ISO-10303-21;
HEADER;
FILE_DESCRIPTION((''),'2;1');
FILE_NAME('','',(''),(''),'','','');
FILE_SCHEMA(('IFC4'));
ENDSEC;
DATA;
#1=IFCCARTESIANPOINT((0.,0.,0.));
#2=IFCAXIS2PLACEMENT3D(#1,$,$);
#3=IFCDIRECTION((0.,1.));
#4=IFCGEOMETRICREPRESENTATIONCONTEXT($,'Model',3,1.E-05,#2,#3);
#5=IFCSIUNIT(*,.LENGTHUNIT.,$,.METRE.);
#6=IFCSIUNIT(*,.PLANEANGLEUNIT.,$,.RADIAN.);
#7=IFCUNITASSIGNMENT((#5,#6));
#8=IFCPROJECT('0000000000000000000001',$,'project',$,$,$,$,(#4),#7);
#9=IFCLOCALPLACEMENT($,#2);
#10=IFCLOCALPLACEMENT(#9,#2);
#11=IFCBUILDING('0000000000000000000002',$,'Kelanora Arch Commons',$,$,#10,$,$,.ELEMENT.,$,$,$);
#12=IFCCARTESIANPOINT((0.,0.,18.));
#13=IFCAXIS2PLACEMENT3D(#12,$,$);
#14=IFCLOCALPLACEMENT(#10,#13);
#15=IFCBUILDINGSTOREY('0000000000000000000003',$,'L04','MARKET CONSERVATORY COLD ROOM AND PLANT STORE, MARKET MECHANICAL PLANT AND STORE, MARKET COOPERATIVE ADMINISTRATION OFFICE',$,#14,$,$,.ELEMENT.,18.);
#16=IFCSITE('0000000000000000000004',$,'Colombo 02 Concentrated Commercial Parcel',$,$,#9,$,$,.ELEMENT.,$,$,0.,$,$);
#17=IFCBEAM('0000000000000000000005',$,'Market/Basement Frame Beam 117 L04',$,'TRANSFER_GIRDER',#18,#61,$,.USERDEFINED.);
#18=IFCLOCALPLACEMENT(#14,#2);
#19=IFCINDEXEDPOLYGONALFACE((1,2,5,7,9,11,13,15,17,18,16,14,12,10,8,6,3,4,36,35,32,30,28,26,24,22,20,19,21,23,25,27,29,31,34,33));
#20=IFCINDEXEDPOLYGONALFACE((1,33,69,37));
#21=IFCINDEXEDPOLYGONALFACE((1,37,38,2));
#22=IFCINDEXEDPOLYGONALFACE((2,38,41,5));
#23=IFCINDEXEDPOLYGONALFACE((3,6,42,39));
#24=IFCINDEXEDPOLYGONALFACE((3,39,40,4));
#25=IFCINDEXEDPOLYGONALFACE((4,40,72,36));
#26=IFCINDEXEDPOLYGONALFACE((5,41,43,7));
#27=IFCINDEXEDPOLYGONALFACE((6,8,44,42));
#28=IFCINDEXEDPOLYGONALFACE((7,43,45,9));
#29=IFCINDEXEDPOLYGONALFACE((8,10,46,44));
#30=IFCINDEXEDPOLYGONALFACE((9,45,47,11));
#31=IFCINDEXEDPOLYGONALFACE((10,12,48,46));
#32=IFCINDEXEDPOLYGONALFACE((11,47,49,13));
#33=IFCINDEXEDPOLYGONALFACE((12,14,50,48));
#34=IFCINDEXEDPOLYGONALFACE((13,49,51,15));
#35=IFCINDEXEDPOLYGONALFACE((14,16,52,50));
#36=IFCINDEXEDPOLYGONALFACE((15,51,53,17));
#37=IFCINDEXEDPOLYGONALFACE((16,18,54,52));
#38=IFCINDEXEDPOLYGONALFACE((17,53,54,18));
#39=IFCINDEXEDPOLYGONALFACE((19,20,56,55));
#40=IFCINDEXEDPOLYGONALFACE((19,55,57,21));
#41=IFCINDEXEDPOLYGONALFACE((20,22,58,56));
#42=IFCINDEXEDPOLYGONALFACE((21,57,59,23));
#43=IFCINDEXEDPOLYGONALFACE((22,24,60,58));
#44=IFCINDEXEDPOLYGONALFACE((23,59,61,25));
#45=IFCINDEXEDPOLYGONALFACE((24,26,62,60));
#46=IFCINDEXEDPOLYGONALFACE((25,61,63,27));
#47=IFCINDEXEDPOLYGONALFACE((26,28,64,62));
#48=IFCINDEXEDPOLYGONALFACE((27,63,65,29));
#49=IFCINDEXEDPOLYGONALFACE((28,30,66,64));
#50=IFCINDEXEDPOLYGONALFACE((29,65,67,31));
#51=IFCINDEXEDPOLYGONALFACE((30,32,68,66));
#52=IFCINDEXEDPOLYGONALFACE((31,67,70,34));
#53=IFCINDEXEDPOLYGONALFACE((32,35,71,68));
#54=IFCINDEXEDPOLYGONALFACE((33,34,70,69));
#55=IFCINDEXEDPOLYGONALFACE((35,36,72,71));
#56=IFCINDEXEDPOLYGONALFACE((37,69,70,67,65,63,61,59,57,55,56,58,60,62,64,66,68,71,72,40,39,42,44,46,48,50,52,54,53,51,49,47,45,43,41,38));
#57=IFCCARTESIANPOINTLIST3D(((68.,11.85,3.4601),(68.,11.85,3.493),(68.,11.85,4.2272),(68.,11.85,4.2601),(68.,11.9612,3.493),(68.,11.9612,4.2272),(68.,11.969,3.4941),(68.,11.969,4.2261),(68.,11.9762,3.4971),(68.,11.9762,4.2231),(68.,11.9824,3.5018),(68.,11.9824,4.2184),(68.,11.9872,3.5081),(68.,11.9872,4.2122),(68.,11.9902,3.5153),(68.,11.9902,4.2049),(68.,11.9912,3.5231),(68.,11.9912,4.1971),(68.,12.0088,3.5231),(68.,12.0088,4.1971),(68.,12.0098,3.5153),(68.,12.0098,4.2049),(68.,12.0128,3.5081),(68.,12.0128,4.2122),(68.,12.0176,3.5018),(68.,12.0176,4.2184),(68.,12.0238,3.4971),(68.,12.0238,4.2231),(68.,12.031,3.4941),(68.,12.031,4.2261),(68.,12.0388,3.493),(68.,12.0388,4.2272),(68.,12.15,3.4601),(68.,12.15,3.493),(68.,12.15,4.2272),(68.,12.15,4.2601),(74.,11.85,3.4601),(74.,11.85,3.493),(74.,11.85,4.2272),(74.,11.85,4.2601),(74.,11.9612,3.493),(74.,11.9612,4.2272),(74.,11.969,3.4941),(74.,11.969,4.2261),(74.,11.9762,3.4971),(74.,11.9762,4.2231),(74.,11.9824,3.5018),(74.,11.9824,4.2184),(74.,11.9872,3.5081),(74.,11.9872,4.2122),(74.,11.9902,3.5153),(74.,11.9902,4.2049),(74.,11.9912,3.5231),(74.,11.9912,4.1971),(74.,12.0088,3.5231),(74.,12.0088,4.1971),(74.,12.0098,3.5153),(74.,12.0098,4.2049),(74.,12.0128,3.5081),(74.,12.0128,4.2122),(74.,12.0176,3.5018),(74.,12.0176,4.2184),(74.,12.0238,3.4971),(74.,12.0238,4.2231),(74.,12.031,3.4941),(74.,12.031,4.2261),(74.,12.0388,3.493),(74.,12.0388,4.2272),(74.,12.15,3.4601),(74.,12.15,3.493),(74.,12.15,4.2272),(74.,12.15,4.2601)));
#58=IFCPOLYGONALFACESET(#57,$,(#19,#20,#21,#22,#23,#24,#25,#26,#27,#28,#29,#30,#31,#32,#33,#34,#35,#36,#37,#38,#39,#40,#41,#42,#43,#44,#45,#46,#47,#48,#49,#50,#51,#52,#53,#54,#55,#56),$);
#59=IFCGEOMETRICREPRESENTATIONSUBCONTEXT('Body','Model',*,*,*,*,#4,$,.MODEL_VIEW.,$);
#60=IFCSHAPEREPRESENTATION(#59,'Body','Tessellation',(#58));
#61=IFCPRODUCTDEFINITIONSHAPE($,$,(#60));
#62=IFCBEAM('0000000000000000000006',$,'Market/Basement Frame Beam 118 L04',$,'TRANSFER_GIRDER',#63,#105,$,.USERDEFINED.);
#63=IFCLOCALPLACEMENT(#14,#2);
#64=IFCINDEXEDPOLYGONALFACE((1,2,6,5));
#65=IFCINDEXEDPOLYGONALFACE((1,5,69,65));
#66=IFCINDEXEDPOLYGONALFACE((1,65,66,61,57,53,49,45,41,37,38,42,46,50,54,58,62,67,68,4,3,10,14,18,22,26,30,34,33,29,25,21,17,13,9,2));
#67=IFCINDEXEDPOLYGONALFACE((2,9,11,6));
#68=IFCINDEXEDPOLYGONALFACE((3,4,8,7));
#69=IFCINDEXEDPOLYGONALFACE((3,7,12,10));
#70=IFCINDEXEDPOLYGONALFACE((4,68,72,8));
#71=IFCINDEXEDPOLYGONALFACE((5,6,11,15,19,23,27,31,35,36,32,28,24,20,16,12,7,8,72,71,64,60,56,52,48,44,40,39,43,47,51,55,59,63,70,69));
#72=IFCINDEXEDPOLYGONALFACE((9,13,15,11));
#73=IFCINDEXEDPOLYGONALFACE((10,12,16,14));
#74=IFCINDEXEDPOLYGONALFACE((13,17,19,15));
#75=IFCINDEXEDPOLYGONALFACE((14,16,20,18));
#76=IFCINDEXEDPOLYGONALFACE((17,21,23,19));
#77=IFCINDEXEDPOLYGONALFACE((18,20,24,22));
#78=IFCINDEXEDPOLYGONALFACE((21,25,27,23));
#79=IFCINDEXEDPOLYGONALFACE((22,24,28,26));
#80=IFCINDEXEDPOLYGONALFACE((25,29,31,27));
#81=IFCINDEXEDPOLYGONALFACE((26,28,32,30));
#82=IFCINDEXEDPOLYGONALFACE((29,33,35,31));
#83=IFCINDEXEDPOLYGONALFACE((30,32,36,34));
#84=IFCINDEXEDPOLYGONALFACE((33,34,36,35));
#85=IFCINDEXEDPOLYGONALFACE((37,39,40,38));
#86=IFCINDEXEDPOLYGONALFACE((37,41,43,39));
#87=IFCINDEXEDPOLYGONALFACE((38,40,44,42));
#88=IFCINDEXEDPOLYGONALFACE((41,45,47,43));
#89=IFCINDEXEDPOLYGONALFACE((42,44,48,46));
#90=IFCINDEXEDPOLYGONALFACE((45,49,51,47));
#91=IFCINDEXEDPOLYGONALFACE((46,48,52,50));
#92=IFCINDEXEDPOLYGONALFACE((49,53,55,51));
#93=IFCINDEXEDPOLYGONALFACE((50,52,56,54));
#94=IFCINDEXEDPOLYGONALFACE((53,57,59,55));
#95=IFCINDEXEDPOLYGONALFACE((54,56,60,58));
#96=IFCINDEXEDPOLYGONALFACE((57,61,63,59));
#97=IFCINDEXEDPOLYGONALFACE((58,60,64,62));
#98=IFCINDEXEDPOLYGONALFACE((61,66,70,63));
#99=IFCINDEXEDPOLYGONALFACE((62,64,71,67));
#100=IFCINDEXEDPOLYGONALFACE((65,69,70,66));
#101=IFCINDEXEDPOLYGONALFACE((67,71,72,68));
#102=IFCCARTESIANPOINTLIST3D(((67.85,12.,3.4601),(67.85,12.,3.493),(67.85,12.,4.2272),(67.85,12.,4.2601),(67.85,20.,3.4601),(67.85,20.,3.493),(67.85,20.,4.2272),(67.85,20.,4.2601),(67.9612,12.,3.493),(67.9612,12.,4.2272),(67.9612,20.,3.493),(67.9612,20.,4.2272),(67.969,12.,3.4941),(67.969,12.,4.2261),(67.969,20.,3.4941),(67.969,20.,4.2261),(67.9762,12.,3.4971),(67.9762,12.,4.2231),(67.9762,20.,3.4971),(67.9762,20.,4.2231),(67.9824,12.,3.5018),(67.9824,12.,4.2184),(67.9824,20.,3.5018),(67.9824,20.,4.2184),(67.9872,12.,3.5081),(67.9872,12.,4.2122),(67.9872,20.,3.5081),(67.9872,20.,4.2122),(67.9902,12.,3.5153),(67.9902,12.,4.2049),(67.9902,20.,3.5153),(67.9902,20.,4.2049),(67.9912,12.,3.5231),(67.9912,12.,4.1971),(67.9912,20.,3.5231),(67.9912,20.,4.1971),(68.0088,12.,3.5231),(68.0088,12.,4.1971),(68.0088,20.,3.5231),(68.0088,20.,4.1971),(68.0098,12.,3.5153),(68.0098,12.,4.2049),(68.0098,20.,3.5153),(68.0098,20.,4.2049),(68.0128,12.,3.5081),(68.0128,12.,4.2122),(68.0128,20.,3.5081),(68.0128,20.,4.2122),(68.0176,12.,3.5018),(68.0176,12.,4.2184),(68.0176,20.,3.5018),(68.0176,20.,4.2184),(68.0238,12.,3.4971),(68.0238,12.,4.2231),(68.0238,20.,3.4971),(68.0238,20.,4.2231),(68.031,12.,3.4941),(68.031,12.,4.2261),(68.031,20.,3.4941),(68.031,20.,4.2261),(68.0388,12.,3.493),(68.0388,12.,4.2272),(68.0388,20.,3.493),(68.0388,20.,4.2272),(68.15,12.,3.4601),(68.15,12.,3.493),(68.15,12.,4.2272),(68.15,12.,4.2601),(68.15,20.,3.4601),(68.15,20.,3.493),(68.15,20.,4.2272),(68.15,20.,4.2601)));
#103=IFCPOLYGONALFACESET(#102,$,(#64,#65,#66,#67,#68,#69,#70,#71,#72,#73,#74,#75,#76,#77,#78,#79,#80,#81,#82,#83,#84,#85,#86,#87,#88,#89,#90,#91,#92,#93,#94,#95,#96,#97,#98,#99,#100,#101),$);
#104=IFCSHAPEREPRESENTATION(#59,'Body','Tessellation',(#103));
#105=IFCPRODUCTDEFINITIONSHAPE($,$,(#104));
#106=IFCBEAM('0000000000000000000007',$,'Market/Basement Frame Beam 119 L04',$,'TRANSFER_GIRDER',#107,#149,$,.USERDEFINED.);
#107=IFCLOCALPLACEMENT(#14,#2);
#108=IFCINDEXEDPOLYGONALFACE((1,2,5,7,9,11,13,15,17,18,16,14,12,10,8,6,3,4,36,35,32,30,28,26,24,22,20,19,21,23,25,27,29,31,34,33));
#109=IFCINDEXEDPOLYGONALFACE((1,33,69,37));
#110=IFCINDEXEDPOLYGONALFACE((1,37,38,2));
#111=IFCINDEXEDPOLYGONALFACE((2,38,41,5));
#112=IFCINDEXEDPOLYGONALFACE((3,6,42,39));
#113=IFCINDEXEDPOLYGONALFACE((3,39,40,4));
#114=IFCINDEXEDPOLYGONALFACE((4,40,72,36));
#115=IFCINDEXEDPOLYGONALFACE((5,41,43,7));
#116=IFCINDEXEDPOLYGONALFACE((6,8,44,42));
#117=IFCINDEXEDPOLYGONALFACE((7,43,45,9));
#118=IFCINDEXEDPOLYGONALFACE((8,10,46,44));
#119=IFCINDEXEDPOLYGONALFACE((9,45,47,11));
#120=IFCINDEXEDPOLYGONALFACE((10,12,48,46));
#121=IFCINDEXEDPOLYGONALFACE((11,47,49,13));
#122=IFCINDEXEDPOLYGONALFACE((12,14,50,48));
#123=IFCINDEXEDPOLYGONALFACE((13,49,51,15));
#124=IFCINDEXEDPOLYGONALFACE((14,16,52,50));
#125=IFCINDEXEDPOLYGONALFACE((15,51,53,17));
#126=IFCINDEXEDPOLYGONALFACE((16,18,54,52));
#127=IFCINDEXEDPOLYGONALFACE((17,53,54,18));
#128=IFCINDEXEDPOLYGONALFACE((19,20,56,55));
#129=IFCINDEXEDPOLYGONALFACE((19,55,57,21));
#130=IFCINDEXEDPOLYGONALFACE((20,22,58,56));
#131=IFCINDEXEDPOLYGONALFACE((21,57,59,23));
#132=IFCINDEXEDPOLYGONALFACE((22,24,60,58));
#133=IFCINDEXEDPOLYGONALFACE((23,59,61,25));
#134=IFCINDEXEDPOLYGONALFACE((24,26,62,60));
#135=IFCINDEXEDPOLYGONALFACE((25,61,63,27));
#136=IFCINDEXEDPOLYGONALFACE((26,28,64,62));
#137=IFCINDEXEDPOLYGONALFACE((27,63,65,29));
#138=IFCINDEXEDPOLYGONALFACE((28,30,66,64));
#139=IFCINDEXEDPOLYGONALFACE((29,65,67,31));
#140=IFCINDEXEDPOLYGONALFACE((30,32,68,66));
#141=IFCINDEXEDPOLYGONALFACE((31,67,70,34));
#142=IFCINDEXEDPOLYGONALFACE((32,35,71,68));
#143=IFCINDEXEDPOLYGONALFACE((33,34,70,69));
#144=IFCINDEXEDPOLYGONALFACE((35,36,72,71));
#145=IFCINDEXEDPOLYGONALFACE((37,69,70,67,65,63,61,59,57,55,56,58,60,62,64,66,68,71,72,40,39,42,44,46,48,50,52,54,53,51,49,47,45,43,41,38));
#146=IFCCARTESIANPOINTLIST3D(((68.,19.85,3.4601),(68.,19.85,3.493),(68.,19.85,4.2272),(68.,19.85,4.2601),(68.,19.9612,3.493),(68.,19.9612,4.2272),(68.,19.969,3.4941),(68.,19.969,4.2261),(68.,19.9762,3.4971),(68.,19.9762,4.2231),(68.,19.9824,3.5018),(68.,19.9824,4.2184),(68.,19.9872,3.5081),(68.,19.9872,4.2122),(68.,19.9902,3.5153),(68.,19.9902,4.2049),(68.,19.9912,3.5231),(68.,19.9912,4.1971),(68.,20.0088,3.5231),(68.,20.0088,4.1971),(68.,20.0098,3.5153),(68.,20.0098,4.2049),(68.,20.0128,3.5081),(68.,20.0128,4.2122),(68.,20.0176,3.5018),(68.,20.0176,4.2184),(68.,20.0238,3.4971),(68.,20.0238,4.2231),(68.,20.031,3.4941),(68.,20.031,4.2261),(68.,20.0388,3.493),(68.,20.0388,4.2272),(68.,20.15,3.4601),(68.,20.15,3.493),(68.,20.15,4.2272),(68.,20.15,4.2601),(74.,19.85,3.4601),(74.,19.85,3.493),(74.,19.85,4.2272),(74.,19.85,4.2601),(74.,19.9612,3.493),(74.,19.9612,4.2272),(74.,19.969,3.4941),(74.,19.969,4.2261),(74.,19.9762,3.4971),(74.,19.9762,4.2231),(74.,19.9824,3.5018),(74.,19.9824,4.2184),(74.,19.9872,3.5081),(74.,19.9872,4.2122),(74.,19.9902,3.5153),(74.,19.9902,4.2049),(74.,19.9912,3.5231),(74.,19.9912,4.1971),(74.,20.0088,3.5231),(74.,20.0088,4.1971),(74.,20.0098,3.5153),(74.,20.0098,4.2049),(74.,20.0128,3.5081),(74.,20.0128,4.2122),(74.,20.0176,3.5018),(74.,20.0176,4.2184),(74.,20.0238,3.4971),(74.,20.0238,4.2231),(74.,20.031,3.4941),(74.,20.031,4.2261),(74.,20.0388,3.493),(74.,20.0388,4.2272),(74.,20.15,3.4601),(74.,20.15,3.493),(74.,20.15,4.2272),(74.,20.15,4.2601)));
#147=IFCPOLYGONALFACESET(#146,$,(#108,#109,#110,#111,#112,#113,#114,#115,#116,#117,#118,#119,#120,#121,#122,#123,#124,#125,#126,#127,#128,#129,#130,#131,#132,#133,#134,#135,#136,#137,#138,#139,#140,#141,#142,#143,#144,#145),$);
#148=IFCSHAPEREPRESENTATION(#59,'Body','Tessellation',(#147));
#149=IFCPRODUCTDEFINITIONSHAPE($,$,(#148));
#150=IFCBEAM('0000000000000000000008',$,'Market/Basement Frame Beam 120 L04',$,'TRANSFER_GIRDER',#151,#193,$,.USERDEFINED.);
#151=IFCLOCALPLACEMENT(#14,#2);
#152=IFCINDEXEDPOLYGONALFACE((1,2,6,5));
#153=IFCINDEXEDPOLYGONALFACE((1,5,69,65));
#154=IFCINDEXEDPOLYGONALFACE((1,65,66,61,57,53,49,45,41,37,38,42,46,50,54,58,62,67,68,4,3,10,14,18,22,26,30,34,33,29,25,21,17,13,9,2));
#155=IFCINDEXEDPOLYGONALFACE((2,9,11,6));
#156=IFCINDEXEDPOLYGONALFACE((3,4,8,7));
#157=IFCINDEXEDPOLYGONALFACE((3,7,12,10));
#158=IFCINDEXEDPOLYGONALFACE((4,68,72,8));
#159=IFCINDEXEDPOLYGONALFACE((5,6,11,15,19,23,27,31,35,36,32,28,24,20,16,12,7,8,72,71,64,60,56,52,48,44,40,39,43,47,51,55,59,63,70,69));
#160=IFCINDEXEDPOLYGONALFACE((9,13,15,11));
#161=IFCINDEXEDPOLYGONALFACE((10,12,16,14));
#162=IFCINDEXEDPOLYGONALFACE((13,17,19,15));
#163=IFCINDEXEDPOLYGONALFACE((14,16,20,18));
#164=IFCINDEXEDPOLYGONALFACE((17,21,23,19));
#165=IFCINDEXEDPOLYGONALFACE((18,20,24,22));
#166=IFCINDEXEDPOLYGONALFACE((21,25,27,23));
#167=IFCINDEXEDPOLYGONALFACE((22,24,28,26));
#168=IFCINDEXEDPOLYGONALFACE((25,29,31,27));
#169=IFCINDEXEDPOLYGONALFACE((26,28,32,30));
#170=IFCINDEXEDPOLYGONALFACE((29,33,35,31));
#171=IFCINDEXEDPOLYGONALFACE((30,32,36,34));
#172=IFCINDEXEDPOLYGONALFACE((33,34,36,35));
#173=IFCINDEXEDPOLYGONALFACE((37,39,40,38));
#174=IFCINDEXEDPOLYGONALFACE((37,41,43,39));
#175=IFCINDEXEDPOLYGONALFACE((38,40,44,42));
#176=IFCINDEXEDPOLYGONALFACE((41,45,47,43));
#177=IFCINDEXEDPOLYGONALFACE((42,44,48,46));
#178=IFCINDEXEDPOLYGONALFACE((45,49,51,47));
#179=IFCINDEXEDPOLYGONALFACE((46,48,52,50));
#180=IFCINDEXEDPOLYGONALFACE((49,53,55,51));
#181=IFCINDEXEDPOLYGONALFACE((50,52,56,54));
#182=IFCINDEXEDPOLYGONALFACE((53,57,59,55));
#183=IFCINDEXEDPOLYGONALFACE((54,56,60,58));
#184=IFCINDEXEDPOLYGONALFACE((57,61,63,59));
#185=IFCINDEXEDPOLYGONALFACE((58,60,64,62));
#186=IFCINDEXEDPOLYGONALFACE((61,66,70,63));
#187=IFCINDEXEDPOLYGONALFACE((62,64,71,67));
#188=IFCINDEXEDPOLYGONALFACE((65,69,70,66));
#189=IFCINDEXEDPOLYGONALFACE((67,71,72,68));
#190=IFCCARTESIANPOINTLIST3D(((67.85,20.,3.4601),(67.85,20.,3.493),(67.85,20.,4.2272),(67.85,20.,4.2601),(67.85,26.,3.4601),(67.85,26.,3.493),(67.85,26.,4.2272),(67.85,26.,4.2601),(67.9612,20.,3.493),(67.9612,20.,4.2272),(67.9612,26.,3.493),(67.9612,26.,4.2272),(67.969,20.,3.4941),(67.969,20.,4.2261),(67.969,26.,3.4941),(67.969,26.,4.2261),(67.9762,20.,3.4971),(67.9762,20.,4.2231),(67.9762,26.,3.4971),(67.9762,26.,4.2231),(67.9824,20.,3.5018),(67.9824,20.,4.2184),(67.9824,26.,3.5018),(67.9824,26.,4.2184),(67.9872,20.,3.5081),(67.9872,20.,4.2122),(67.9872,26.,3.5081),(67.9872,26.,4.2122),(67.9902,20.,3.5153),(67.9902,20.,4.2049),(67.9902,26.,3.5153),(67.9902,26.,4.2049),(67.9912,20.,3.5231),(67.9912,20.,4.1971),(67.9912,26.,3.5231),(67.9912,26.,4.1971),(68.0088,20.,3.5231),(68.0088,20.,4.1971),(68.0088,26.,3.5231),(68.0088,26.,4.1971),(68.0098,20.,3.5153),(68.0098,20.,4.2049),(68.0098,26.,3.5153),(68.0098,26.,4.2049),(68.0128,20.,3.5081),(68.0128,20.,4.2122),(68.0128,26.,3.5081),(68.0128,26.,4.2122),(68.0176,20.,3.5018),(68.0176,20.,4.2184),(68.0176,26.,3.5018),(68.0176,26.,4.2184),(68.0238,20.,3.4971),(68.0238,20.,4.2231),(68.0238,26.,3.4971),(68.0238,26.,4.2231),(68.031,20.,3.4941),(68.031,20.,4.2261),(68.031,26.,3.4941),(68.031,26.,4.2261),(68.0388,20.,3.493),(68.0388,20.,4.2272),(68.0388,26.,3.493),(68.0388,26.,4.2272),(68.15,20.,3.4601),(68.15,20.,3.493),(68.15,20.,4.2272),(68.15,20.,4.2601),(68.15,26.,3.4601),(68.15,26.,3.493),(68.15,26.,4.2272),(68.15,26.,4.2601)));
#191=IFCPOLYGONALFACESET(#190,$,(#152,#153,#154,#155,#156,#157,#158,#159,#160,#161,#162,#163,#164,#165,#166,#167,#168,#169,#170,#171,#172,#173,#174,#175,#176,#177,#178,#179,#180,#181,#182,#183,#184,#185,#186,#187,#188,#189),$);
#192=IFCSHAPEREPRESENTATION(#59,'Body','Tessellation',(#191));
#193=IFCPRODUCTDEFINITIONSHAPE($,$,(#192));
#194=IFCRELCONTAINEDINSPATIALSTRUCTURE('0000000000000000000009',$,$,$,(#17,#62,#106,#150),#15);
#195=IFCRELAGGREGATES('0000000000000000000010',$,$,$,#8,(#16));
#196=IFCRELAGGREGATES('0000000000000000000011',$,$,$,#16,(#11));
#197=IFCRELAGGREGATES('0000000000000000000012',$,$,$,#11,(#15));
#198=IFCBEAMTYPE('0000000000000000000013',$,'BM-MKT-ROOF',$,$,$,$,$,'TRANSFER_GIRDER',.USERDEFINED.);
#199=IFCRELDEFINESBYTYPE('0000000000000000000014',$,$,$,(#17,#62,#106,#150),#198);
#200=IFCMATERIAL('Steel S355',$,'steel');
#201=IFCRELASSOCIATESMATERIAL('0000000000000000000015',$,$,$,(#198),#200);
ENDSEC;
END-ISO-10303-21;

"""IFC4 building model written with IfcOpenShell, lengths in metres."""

from ifc_helpers import new_model, si_unit, direction, frame, origin, origin_2d, place, context, subcontext, project, spatial, i_section, extrude, material, material_profile, profile_set, type_object, element, save


model = new_model("IFC4")

# Units and contexts
model_context = context("Model", 3, precision=1e-05, world=origin(), true_north=direction((0.0, 1.0)))
body_context = subcontext(model_context, "Body", "Model", "MODEL_VIEW")
ifc_project = project(units=[si_unit("LENGTHUNIT", "METRE"), si_unit("PLANEANGLEUNIT", "RADIAN")], contexts=[model_context])

# Site, building, storey
site_placement = place(None, origin())
site = spatial("IfcSite", under=ifc_project, at=site_placement, Name="Colombo 02 Concentrated Commercial Parcel", CompositionType="ELEMENT", RefElevation=0.0)
building_placement = place(site_placement, origin())
building = spatial("IfcBuilding", under=site, at=building_placement, Name="Kelanora Arch Commons", CompositionType="ELEMENT")
storey_placement = place(building_placement, frame((0.0, 0.0, 18.0)))
storey = spatial("IfcBuildingStorey", under=building, at=storey_placement, Name="L04", Description="MARKET CONSERVATORY COLD ROOM AND PLANT STORE, MARKET MECHANICAL PLANT AND STORE, MARKET COOPERATIVE ADMINISTRATION OFFICE", CompositionType="ELEMENT", Elevation=18.0)

# Beams
ifc_material_1 = material(Name="Steel S355", Category="steel")
ifc_material_profile_1 = material_profile(ifc_material_1, i_section(OverallWidth=0.3, OverallDepth=0.8, WebThickness=0.0176, FlangeThickness=0.033, FilletRadius=0.03, at=origin_2d()), Name="HEB800")
ifc_profile_set_1 = profile_set([ifc_material_profile_1], Name="Steel S355")
beam_type = type_object("IfcBeamType", Name="BM-MKT-ROOF", ElementType="TRANSFER_GIRDER", PredefinedType="USERDEFINED", material=ifc_profile_set_1)
beam_1_placement = place(storey_placement, frame((68.0, 12.0, 3.8601), z_axis=(1.0, 0.0, 0.0), x_axis=(0.0, 1.0, 0.0)))
element("IfcBeam", 1, at=beam_1_placement, inside=storey, type_object=beam_type, Name="Market/Basement Frame Beam 117 L04", ObjectType="TRANSFER_GIRDER", PredefinedType="USERDEFINED", context=body_context, shape_type="SweptSolid", body=[
    extrude(i_section(OverallWidth=0.3, OverallDepth=0.8, WebThickness=0.0176, FlangeThickness=0.033, FilletRadius=0.03, at=origin_2d()), origin(), (0.0, 0.0, 1.0), 6.0),
])
beam_2_placement = place(storey_placement, frame((68.0, 12.0, 3.8601), z_axis=(0.0, 1.0, 0.0), x_axis=(-1.0, 0.0, 0.0)))
element("IfcBeam", 2, at=beam_2_placement, inside=storey, type_object=beam_type, Name="Market/Basement Frame Beam 118 L04", ObjectType="TRANSFER_GIRDER", PredefinedType="USERDEFINED", context=body_context, shape_type="SweptSolid", body=[
    extrude(i_section(OverallWidth=0.3, OverallDepth=0.8, WebThickness=0.0176, FlangeThickness=0.033, FilletRadius=0.03, at=origin_2d()), origin(), (0.0, 0.0, 1.0), 8.0),
])
for number, where, z_axis, x_axis, name in (
    (3, (68.0, 20.0, 3.8601), (1.0, 0.0, 0.0), (0.0, 1.0, 0.0), "Market/Basement Frame Beam 119 L04"),
    (4, (68.0, 20.0, 3.8601), (0.0, 1.0, 0.0), (-1.0, 0.0, 0.0), "Market/Basement Frame Beam 120 L04"),
):
    element("IfcBeam", number, at=place(storey_placement, frame(where, z_axis=z_axis, x_axis=x_axis)), inside=storey, type_object=beam_type, Name=name, ObjectType="TRANSFER_GIRDER", PredefinedType="USERDEFINED", context=body_context, shape_type="SweptSolid", body=[
        extrude(i_section(OverallWidth=0.3, OverallDepth=0.8, WebThickness=0.0176, FlangeThickness=0.033, FilletRadius=0.03, at=origin_2d()), origin(), (0.0, 0.0, 1.0), 6.0),
    ])

save(model, "model.ifc")
